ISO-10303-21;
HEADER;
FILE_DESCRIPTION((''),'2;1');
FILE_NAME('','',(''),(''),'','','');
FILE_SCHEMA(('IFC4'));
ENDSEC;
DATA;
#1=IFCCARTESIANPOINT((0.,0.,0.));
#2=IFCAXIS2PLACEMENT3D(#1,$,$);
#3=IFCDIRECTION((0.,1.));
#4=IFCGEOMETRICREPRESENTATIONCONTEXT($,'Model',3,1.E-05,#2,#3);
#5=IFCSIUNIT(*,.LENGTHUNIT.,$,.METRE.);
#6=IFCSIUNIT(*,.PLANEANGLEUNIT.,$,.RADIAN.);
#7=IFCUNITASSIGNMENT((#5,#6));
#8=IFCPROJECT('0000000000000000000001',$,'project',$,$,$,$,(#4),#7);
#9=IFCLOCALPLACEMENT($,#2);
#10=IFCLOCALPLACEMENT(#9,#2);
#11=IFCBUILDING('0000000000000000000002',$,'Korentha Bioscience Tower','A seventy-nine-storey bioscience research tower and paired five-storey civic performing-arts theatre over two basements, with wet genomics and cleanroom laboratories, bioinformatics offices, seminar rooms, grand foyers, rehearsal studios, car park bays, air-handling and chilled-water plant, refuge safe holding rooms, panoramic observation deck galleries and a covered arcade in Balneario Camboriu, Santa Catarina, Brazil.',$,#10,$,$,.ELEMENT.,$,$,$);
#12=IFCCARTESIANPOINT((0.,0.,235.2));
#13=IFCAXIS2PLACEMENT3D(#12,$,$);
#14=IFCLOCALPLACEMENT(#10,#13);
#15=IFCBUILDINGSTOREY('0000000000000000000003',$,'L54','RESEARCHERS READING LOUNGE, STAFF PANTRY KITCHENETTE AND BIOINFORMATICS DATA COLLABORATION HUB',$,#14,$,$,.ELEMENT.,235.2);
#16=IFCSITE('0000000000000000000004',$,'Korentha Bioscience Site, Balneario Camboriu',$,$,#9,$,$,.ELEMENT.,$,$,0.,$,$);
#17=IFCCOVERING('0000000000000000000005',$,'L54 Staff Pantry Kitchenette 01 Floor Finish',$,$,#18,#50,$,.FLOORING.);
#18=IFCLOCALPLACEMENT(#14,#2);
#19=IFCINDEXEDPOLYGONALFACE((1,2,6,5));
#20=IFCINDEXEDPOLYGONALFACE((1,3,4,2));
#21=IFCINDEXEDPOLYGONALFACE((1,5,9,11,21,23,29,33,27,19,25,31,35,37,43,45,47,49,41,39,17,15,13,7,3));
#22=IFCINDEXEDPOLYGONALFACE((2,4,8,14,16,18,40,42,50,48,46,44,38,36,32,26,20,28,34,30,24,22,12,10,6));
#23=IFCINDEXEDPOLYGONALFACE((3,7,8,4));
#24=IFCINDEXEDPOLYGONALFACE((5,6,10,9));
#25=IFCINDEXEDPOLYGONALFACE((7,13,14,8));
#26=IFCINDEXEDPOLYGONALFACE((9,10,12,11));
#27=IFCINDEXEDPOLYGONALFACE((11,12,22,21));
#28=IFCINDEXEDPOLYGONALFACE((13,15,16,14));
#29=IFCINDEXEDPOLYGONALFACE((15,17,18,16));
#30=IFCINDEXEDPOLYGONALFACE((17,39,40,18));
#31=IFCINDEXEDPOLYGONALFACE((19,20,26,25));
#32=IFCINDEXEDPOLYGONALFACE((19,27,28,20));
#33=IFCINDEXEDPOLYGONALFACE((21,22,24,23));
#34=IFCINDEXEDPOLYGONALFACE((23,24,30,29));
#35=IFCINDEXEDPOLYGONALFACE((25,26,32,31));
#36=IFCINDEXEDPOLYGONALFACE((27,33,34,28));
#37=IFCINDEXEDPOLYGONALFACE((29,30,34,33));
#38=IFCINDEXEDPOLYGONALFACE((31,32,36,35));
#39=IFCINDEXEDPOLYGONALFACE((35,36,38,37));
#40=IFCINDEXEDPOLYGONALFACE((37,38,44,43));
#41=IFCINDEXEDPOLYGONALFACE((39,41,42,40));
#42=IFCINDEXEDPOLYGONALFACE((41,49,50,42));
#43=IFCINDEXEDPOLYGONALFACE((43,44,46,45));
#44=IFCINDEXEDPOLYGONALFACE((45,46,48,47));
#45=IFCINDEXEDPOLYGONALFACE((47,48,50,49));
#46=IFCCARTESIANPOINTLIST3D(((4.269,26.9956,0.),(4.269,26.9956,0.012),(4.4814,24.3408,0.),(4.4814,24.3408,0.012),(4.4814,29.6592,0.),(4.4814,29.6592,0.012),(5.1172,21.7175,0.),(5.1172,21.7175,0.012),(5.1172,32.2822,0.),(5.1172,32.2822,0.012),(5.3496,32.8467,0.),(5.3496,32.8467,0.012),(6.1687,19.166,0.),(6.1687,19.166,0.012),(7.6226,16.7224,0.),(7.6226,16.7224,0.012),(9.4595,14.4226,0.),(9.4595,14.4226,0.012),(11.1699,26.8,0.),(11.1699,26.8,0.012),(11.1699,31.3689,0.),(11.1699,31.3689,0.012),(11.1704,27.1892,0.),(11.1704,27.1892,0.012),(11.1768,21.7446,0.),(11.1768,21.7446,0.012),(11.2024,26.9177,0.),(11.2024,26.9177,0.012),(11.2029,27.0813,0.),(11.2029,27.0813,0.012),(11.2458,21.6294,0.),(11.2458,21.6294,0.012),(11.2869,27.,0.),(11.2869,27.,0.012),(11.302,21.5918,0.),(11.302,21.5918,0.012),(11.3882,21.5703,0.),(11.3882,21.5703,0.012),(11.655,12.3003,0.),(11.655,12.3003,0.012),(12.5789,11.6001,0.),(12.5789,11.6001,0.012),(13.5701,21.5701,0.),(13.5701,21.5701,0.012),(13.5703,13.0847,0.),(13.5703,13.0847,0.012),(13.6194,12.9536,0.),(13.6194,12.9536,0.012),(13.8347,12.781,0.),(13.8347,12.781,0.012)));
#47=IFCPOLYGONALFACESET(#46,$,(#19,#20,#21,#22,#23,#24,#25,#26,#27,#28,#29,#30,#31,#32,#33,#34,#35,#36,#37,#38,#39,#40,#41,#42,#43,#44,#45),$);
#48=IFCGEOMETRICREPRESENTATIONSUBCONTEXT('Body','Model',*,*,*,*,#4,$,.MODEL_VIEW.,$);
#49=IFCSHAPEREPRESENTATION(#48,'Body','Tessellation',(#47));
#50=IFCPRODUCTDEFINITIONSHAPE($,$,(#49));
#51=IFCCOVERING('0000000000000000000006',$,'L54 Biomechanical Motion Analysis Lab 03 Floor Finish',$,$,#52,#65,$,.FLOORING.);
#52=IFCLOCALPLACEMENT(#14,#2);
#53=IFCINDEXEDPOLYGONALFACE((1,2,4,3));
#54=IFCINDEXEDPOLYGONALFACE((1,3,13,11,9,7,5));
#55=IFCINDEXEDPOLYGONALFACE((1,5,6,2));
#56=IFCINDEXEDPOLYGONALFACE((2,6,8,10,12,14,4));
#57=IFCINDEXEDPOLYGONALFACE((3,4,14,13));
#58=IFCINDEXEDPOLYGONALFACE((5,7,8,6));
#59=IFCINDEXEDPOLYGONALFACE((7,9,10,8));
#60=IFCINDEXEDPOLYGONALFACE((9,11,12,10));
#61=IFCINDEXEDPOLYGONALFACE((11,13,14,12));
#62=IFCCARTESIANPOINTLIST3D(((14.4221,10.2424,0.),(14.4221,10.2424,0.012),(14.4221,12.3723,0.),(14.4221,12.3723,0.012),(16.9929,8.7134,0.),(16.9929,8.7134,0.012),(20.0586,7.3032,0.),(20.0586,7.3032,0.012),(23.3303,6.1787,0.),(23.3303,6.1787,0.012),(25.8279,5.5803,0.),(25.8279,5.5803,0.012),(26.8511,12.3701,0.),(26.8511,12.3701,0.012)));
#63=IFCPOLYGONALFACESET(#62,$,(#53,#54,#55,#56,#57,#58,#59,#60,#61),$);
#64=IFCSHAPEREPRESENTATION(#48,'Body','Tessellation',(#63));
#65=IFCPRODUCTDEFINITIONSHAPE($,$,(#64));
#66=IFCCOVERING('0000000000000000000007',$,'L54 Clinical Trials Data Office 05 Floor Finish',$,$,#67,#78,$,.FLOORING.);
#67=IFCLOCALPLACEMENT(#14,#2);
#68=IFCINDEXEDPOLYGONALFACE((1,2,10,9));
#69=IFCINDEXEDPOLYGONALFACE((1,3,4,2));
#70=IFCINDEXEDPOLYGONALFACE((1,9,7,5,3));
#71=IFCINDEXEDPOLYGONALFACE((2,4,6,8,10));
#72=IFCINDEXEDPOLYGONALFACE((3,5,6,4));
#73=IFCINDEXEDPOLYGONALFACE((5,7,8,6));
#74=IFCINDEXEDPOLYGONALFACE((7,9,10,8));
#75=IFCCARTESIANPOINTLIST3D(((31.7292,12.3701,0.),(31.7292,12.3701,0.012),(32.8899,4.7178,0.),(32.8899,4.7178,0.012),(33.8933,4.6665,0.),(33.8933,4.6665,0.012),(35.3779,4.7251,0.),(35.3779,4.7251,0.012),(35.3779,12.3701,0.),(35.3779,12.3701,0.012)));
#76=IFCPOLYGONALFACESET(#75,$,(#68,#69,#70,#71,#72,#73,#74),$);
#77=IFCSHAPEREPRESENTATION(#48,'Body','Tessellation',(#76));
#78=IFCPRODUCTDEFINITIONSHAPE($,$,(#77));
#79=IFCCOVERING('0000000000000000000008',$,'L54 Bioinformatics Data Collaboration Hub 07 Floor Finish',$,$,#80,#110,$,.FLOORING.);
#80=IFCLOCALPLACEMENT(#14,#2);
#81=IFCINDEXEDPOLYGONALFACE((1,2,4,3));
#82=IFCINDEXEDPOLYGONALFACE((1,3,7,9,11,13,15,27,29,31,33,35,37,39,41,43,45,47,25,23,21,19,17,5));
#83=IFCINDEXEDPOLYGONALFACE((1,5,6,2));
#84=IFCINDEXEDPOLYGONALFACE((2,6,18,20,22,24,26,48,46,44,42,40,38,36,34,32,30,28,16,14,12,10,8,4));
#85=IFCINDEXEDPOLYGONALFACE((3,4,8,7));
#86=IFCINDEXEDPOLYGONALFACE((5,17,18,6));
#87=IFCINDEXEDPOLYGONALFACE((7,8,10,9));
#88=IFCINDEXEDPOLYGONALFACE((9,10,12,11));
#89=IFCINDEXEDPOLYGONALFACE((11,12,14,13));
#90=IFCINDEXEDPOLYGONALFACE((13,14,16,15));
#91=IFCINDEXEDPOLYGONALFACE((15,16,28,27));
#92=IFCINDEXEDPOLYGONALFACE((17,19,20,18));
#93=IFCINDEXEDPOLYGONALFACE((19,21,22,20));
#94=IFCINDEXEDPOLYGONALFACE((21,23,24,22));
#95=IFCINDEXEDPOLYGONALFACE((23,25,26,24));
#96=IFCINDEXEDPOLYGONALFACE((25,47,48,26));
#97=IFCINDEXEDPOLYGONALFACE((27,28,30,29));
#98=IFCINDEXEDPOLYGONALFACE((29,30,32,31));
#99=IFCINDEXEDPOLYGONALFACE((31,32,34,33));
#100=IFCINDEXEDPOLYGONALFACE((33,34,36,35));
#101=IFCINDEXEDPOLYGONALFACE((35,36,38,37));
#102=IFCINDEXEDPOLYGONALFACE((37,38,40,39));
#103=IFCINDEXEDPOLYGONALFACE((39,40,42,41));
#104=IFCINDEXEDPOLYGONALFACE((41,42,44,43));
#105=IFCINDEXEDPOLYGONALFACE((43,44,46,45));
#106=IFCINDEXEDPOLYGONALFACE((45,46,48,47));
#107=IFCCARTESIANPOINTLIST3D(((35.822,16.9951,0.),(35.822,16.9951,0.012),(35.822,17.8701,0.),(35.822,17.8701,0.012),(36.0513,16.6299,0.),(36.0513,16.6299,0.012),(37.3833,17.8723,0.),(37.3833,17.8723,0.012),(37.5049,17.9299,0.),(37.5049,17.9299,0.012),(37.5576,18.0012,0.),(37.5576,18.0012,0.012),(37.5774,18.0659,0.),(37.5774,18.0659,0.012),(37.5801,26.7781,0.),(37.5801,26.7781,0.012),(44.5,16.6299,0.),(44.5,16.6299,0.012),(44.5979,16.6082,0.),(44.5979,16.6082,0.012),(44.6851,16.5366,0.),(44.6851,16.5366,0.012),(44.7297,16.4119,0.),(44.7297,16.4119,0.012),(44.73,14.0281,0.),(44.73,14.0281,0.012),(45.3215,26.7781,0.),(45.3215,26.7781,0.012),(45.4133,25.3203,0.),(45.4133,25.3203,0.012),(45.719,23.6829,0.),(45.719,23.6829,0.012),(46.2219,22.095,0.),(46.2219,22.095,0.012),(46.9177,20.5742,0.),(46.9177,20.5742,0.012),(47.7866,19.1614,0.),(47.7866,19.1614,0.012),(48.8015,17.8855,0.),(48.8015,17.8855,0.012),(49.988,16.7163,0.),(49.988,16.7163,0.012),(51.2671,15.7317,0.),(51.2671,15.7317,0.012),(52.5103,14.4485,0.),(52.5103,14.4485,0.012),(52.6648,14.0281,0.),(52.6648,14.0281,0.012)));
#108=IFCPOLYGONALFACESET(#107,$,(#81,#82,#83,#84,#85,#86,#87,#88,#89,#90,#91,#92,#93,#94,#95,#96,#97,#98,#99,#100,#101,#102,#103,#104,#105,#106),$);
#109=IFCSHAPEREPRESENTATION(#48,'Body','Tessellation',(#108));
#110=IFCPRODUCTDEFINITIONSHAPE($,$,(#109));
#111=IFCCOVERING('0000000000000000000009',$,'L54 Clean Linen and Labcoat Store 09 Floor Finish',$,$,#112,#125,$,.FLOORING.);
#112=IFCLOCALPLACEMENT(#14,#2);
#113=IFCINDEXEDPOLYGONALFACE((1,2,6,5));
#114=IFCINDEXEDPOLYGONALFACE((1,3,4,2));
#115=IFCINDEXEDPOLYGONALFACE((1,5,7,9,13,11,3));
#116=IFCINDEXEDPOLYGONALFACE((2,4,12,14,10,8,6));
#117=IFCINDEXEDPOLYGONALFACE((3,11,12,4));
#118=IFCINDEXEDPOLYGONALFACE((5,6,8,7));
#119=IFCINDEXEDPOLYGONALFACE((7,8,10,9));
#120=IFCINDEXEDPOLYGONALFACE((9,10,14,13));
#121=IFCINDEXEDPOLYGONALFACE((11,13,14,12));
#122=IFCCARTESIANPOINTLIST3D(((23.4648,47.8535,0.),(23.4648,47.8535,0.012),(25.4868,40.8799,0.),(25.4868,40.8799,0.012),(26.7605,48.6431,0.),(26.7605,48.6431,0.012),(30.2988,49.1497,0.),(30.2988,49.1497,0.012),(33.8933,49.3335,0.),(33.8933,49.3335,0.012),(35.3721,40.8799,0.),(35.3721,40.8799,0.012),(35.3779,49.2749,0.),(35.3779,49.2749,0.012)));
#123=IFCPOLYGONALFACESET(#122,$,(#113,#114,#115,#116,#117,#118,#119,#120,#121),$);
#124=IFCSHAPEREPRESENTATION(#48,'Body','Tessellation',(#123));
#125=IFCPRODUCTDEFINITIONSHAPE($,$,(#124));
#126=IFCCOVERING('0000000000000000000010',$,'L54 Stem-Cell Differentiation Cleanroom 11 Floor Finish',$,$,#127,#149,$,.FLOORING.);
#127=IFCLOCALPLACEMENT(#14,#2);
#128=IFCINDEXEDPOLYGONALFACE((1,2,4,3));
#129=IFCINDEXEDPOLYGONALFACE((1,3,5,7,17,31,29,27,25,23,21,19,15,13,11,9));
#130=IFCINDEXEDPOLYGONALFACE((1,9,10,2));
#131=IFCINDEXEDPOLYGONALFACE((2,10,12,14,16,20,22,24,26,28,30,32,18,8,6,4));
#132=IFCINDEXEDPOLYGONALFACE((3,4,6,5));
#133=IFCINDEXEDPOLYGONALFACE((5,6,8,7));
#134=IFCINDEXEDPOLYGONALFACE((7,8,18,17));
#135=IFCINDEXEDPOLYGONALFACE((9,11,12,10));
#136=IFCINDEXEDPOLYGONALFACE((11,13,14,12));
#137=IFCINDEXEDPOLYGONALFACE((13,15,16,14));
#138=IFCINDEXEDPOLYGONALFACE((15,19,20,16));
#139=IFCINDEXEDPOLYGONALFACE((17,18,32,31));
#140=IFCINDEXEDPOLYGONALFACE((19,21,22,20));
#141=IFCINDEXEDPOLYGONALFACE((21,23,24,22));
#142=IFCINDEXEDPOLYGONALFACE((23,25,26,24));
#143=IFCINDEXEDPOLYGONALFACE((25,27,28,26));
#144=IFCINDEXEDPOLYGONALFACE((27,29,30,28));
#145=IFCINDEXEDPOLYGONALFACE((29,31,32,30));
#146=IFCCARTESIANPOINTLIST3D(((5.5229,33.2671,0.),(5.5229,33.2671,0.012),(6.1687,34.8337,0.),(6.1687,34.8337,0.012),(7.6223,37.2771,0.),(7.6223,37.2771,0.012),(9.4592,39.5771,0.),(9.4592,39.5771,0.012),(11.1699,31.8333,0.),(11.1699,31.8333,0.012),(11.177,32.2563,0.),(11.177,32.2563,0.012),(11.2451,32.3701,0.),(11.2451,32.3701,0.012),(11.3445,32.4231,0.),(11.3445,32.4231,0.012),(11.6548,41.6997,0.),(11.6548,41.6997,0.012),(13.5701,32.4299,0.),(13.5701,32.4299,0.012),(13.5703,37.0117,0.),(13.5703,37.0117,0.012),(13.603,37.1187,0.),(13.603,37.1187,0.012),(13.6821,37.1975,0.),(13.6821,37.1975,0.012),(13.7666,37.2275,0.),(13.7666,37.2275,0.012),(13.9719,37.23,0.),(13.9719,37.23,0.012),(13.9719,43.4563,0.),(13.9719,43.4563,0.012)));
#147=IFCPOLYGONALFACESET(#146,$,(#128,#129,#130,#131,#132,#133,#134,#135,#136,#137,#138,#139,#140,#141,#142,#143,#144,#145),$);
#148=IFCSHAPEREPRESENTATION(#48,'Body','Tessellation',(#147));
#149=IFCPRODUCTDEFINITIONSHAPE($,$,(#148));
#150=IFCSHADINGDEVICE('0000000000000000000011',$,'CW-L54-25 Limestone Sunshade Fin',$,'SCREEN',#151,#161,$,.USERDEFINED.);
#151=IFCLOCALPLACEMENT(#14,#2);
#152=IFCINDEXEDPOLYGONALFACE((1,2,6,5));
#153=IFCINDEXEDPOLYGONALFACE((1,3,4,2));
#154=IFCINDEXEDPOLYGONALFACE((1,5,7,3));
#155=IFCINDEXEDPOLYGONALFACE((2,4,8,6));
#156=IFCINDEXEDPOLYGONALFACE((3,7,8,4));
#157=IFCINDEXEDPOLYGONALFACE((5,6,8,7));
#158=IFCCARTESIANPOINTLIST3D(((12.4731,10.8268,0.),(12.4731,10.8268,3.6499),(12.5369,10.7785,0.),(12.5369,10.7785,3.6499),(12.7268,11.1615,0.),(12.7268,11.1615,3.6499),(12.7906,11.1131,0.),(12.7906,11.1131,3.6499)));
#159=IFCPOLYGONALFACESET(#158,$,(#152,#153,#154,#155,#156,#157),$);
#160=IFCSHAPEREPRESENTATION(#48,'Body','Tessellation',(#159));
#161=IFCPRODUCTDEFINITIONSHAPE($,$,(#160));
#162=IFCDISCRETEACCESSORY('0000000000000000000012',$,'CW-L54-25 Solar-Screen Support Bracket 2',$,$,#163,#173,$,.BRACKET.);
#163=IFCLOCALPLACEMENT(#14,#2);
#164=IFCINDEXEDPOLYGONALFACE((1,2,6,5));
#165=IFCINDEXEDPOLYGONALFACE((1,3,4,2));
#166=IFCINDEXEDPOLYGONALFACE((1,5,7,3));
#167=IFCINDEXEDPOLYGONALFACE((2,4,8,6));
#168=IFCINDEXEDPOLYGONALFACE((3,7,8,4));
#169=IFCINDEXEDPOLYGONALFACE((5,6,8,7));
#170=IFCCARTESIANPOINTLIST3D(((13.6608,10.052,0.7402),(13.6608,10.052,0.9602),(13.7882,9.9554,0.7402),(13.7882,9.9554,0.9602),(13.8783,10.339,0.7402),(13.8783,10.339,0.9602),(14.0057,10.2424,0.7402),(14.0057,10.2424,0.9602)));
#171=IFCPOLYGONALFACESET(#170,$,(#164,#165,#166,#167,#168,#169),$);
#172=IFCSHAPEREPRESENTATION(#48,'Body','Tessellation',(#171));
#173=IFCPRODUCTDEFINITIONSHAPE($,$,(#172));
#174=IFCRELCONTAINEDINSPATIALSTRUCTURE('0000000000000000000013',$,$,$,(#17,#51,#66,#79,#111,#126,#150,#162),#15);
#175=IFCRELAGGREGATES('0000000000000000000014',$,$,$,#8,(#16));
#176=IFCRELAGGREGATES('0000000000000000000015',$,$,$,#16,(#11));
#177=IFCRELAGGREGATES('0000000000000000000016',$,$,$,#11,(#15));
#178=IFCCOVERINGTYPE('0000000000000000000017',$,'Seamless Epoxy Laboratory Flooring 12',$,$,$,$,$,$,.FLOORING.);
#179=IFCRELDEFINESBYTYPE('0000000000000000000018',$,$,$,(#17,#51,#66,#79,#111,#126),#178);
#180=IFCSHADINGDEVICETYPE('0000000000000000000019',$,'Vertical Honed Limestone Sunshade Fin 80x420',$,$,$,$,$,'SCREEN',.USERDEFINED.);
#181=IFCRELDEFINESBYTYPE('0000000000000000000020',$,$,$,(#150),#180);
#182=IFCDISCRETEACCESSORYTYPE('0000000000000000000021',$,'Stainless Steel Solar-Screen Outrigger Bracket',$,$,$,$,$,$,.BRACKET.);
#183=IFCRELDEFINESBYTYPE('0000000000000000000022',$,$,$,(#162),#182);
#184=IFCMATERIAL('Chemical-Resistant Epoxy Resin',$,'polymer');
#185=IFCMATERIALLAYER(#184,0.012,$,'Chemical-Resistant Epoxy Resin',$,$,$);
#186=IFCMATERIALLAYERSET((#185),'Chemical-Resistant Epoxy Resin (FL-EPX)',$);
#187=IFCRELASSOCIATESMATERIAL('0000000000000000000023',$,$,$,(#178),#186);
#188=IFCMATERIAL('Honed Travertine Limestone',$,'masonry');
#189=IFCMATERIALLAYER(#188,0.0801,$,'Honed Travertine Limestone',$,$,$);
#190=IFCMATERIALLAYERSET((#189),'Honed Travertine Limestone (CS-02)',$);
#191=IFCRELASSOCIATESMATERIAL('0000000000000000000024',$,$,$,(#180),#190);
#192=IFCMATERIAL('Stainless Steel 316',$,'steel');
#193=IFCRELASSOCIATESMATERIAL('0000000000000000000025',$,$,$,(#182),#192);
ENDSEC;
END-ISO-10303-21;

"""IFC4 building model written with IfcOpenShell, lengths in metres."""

from ifc_helpers import new_model, si_unit, direction, frame, origin, origin_2d, place, context, subcontext, project, spatial, polyline, rectangle, outline, extrude, material, layer, layer_set, type_object, element, save


model = new_model("IFC4")

# Units and contexts
model_context = context("Model", 3, precision=1e-05, world=origin(), true_north=direction((0.0, 1.0)))
body_context = subcontext(model_context, "Body", "Model", "MODEL_VIEW")
ifc_project = project(units=[si_unit("LENGTHUNIT", "METRE"), si_unit("PLANEANGLEUNIT", "RADIAN")], contexts=[model_context])

# Site, building, storey
site_placement = place(None, origin())
site = spatial("IfcSite", under=ifc_project, at=site_placement, Name="Korentha Bioscience Site, Balneario Camboriu", CompositionType="ELEMENT", RefElevation=0.0)
building_placement = place(site_placement, origin())
building = spatial("IfcBuilding", under=site, at=building_placement, Name="Korentha Bioscience Tower", Description="A seventy-nine-storey bioscience research tower and paired five-storey civic performing-arts theatre over two basements, with wet genomics and cleanroom laboratories, bioinformatics offices, seminar rooms, grand foyers, rehearsal studios, car park bays, air-handling and chilled-water plant, refuge safe holding rooms, panoramic observation deck galleries and a covered arcade in Balneario Camboriu, Santa Catarina, Brazil.", CompositionType="ELEMENT")
storey_placement = place(building_placement, frame((0.0, 0.0, 235.2)))
storey = spatial("IfcBuildingStorey", under=building, at=storey_placement, Name="L54", Description="RESEARCHERS READING LOUNGE, STAFF PANTRY KITCHENETTE AND BIOINFORMATICS DATA COLLABORATION HUB", CompositionType="ELEMENT", Elevation=235.2)

# Coverings
ifc_material_1 = material(Name="Chemical-Resistant Epoxy Resin", Category="polymer")
ifc_layer_1 = layer(ifc_material_1, 0.012, Name="Chemical-Resistant Epoxy Resin")
ifc_layer_set_1 = layer_set([ifc_layer_1], Name="Chemical-Resistant Epoxy Resin (FL-EPX)")
covering_type_1 = type_object("IfcCoveringType", Name="Seamless Epoxy Laboratory Flooring 12", PredefinedType="FLOORING", material=ifc_layer_set_1)
covering_1_placement = place(storey_placement, origin())
element("IfcCovering", 1, at=covering_1_placement, inside=storey, type_object=covering_type_1, Name="L54 Staff Pantry Kitchenette 01 Floor Finish", PredefinedType="FLOORING", context=body_context, shape_type="SweptSolid", body=[
    extrude(outline(polyline([(4.4814, 29.6592), (5.1172, 32.2822), (5.3496, 32.8467), (11.1699, 31.3689), (11.1704, 27.1892), (11.2029, 27.0813), (11.2869, 27.0), (11.2024, 26.9177), (11.1699, 26.8), (11.1768, 21.7446), (11.2458, 21.6294), (11.302, 21.5918), (11.3882, 21.5703), (13.5701, 21.5701), (13.5703, 13.0847), (13.6194, 12.9536), (13.8347, 12.781), (12.5789, 11.6001), (11.655, 12.3003), (9.4595, 14.4226), (7.6226, 16.7224), (6.1687, 19.166), (5.1172, 21.7175), (4.4814, 24.3408), (4.269, 26.9956), (4.4814, 29.6592)])), origin(), (0.0, 0.0, 1.0), 0.012),
])
covering_2_placement = place(storey_placement, origin())
element("IfcCovering", 2, at=covering_2_placement, inside=storey, type_object=covering_type_1, Name="L54 Biomechanical Motion Analysis Lab 03 Floor Finish", PredefinedType="FLOORING", context=body_context, shape_type="SweptSolid", body=[
    extrude(outline(polyline([(14.4221, 12.3723), (26.8511, 12.3701), (25.8279, 5.5803), (23.3303, 6.1787), (20.0586, 7.3032), (16.9929, 8.7134), (14.4221, 10.2424), (14.4221, 12.3723)])), origin(), (0.0, 0.0, 1.0), 0.012),
])
covering_3_placement = place(storey_placement, origin())
element("IfcCovering", 3, at=covering_3_placement, inside=storey, type_object=covering_type_1, Name="L54 Clinical Trials Data Office 05 Floor Finish", PredefinedType="FLOORING", context=body_context, shape_type="SweptSolid", body=[
    extrude(outline(polyline([(31.7292, 12.3701), (35.3779, 12.3701), (35.3779, 4.7251), (33.8933, 4.6665), (32.8899, 4.7178), (31.7292, 12.3701)])), origin(), (0.0, 0.0, 1.0), 0.012),
])
covering_4_placement = place(storey_placement, origin())
element("IfcCovering", 4, at=covering_4_placement, inside=storey, type_object=covering_type_1, Name="L54 Bioinformatics Data Collaboration Hub 07 Floor Finish", PredefinedType="FLOORING", context=body_context, shape_type="SweptSolid", body=[
    extrude(outline(polyline([(35.822, 17.8701), (37.3833, 17.8723), (37.5049, 17.9299), (37.5576, 18.0012), (37.5774, 18.0659), (37.5801, 26.7781), (45.3215, 26.7781), (45.4133, 25.3203), (45.719, 23.6829), (46.2219, 22.095), (46.9177, 20.5742), (47.7866, 19.1614), (48.8015, 17.8855), (49.988, 16.7163), (51.2671, 15.7317), (52.5103, 14.4485), (52.6648, 14.0281), (44.73, 14.0281), (44.7297, 16.4119), (44.6851, 16.5366), (44.5979, 16.6082), (44.5, 16.6299), (36.0513, 16.6299), (35.822, 16.9951), (35.822, 17.8701)])), origin(), (0.0, 0.0, 1.0), 0.012),
])
covering_5_placement = place(storey_placement, origin())
element("IfcCovering", 5, at=covering_5_placement, inside=storey, type_object=covering_type_1, Name="L54 Clean Linen and Labcoat Store 09 Floor Finish", PredefinedType="FLOORING", context=body_context, shape_type="SweptSolid", body=[
    extrude(outline(polyline([(26.7605, 48.6431), (30.2988, 49.1497), (33.8933, 49.3335), (35.3779, 49.2749), (35.3721, 40.8799), (25.4868, 40.8799), (23.4648, 47.8535), (26.7605, 48.6431)])), origin(), (0.0, 0.0, 1.0), 0.012),
])
covering_6_placement = place(storey_placement, origin())
element("IfcCovering", 6, at=covering_6_placement, inside=storey, type_object=covering_type_1, Name="L54 Stem-Cell Differentiation Cleanroom 11 Floor Finish", PredefinedType="FLOORING", context=body_context, shape_type="SweptSolid", body=[
    extrude(outline(polyline([(7.6223, 37.2771), (9.4592, 39.5771), (11.6548, 41.6997), (13.9719, 43.4563), (13.9719, 37.23), (13.7666, 37.2275), (13.6821, 37.1975), (13.603, 37.1187), (13.5703, 37.0117), (13.5701, 32.4299), (11.3445, 32.4231), (11.2451, 32.3701), (11.177, 32.2563), (11.1699, 31.8333), (5.5229, 33.2671), (6.1687, 34.8337), (7.6223, 37.2771)])), origin(), (0.0, 0.0, 1.0), 0.012),
])

# Shading device
ifc_material_2 = material(Name="Honed Travertine Limestone", Category="masonry")
ifc_layer_2 = layer(ifc_material_2, 0.0801, Name="Honed Travertine Limestone")
ifc_layer_set_2 = layer_set([ifc_layer_2], Name="Honed Travertine Limestone (CS-02)")
shading_device_type_1 = type_object("IfcShadingDeviceType", Name="Vertical Honed Limestone Sunshade Fin 80x420", ElementType="SCREEN", PredefinedType="USERDEFINED", material=ifc_layer_set_2)
shading_device_1_placement = place(storey_placement, frame((12.6318, 10.97, 0.0), z_axis=(0.0, 0.0, 1.0), x_axis=(0.796889, -0.604126, 0.0)))
element("IfcShadingDevice", 7, at=shading_device_1_placement, inside=storey, type_object=shading_device_type_1, Name="CW-L54-25 Limestone Sunshade Fin", ObjectType="SCREEN", PredefinedType="USERDEFINED", context=body_context, shape_type="SweptSolid", body=[
    extrude(rectangle(XDim=0.0801, YDim=0.4199, at=origin_2d()), origin(), (0.0, 0.0, 1.0), 3.6499),
])

# Discrete accessory
ifc_material_3 = material(Name="Stainless Steel 316", Category="steel")
discrete_accessory_type = type_object("IfcDiscreteAccessoryType", Name="Stainless Steel Solar-Screen Outrigger Bracket", PredefinedType="BRACKET", material=ifc_material_3)
discrete_accessory_placement = place(storey_placement, frame((13.8333, 10.1472, 0.7402), z_axis=(0.0, 0.0, 1.0), x_axis=(0.796889, -0.604126, 0.0)))
element("IfcDiscreteAccessory", 8, at=discrete_accessory_placement, inside=storey, type_object=discrete_accessory_type, Name="CW-L54-25 Solar-Screen Support Bracket 2", PredefinedType="BRACKET", context=body_context, shape_type="SweptSolid", body=[
    extrude(rectangle(XDim=0.1599, YDim=0.3601, at=origin_2d()), origin(), (0.0, 0.0, 1.0), 0.22),
])

save(model, "model.ifc")
